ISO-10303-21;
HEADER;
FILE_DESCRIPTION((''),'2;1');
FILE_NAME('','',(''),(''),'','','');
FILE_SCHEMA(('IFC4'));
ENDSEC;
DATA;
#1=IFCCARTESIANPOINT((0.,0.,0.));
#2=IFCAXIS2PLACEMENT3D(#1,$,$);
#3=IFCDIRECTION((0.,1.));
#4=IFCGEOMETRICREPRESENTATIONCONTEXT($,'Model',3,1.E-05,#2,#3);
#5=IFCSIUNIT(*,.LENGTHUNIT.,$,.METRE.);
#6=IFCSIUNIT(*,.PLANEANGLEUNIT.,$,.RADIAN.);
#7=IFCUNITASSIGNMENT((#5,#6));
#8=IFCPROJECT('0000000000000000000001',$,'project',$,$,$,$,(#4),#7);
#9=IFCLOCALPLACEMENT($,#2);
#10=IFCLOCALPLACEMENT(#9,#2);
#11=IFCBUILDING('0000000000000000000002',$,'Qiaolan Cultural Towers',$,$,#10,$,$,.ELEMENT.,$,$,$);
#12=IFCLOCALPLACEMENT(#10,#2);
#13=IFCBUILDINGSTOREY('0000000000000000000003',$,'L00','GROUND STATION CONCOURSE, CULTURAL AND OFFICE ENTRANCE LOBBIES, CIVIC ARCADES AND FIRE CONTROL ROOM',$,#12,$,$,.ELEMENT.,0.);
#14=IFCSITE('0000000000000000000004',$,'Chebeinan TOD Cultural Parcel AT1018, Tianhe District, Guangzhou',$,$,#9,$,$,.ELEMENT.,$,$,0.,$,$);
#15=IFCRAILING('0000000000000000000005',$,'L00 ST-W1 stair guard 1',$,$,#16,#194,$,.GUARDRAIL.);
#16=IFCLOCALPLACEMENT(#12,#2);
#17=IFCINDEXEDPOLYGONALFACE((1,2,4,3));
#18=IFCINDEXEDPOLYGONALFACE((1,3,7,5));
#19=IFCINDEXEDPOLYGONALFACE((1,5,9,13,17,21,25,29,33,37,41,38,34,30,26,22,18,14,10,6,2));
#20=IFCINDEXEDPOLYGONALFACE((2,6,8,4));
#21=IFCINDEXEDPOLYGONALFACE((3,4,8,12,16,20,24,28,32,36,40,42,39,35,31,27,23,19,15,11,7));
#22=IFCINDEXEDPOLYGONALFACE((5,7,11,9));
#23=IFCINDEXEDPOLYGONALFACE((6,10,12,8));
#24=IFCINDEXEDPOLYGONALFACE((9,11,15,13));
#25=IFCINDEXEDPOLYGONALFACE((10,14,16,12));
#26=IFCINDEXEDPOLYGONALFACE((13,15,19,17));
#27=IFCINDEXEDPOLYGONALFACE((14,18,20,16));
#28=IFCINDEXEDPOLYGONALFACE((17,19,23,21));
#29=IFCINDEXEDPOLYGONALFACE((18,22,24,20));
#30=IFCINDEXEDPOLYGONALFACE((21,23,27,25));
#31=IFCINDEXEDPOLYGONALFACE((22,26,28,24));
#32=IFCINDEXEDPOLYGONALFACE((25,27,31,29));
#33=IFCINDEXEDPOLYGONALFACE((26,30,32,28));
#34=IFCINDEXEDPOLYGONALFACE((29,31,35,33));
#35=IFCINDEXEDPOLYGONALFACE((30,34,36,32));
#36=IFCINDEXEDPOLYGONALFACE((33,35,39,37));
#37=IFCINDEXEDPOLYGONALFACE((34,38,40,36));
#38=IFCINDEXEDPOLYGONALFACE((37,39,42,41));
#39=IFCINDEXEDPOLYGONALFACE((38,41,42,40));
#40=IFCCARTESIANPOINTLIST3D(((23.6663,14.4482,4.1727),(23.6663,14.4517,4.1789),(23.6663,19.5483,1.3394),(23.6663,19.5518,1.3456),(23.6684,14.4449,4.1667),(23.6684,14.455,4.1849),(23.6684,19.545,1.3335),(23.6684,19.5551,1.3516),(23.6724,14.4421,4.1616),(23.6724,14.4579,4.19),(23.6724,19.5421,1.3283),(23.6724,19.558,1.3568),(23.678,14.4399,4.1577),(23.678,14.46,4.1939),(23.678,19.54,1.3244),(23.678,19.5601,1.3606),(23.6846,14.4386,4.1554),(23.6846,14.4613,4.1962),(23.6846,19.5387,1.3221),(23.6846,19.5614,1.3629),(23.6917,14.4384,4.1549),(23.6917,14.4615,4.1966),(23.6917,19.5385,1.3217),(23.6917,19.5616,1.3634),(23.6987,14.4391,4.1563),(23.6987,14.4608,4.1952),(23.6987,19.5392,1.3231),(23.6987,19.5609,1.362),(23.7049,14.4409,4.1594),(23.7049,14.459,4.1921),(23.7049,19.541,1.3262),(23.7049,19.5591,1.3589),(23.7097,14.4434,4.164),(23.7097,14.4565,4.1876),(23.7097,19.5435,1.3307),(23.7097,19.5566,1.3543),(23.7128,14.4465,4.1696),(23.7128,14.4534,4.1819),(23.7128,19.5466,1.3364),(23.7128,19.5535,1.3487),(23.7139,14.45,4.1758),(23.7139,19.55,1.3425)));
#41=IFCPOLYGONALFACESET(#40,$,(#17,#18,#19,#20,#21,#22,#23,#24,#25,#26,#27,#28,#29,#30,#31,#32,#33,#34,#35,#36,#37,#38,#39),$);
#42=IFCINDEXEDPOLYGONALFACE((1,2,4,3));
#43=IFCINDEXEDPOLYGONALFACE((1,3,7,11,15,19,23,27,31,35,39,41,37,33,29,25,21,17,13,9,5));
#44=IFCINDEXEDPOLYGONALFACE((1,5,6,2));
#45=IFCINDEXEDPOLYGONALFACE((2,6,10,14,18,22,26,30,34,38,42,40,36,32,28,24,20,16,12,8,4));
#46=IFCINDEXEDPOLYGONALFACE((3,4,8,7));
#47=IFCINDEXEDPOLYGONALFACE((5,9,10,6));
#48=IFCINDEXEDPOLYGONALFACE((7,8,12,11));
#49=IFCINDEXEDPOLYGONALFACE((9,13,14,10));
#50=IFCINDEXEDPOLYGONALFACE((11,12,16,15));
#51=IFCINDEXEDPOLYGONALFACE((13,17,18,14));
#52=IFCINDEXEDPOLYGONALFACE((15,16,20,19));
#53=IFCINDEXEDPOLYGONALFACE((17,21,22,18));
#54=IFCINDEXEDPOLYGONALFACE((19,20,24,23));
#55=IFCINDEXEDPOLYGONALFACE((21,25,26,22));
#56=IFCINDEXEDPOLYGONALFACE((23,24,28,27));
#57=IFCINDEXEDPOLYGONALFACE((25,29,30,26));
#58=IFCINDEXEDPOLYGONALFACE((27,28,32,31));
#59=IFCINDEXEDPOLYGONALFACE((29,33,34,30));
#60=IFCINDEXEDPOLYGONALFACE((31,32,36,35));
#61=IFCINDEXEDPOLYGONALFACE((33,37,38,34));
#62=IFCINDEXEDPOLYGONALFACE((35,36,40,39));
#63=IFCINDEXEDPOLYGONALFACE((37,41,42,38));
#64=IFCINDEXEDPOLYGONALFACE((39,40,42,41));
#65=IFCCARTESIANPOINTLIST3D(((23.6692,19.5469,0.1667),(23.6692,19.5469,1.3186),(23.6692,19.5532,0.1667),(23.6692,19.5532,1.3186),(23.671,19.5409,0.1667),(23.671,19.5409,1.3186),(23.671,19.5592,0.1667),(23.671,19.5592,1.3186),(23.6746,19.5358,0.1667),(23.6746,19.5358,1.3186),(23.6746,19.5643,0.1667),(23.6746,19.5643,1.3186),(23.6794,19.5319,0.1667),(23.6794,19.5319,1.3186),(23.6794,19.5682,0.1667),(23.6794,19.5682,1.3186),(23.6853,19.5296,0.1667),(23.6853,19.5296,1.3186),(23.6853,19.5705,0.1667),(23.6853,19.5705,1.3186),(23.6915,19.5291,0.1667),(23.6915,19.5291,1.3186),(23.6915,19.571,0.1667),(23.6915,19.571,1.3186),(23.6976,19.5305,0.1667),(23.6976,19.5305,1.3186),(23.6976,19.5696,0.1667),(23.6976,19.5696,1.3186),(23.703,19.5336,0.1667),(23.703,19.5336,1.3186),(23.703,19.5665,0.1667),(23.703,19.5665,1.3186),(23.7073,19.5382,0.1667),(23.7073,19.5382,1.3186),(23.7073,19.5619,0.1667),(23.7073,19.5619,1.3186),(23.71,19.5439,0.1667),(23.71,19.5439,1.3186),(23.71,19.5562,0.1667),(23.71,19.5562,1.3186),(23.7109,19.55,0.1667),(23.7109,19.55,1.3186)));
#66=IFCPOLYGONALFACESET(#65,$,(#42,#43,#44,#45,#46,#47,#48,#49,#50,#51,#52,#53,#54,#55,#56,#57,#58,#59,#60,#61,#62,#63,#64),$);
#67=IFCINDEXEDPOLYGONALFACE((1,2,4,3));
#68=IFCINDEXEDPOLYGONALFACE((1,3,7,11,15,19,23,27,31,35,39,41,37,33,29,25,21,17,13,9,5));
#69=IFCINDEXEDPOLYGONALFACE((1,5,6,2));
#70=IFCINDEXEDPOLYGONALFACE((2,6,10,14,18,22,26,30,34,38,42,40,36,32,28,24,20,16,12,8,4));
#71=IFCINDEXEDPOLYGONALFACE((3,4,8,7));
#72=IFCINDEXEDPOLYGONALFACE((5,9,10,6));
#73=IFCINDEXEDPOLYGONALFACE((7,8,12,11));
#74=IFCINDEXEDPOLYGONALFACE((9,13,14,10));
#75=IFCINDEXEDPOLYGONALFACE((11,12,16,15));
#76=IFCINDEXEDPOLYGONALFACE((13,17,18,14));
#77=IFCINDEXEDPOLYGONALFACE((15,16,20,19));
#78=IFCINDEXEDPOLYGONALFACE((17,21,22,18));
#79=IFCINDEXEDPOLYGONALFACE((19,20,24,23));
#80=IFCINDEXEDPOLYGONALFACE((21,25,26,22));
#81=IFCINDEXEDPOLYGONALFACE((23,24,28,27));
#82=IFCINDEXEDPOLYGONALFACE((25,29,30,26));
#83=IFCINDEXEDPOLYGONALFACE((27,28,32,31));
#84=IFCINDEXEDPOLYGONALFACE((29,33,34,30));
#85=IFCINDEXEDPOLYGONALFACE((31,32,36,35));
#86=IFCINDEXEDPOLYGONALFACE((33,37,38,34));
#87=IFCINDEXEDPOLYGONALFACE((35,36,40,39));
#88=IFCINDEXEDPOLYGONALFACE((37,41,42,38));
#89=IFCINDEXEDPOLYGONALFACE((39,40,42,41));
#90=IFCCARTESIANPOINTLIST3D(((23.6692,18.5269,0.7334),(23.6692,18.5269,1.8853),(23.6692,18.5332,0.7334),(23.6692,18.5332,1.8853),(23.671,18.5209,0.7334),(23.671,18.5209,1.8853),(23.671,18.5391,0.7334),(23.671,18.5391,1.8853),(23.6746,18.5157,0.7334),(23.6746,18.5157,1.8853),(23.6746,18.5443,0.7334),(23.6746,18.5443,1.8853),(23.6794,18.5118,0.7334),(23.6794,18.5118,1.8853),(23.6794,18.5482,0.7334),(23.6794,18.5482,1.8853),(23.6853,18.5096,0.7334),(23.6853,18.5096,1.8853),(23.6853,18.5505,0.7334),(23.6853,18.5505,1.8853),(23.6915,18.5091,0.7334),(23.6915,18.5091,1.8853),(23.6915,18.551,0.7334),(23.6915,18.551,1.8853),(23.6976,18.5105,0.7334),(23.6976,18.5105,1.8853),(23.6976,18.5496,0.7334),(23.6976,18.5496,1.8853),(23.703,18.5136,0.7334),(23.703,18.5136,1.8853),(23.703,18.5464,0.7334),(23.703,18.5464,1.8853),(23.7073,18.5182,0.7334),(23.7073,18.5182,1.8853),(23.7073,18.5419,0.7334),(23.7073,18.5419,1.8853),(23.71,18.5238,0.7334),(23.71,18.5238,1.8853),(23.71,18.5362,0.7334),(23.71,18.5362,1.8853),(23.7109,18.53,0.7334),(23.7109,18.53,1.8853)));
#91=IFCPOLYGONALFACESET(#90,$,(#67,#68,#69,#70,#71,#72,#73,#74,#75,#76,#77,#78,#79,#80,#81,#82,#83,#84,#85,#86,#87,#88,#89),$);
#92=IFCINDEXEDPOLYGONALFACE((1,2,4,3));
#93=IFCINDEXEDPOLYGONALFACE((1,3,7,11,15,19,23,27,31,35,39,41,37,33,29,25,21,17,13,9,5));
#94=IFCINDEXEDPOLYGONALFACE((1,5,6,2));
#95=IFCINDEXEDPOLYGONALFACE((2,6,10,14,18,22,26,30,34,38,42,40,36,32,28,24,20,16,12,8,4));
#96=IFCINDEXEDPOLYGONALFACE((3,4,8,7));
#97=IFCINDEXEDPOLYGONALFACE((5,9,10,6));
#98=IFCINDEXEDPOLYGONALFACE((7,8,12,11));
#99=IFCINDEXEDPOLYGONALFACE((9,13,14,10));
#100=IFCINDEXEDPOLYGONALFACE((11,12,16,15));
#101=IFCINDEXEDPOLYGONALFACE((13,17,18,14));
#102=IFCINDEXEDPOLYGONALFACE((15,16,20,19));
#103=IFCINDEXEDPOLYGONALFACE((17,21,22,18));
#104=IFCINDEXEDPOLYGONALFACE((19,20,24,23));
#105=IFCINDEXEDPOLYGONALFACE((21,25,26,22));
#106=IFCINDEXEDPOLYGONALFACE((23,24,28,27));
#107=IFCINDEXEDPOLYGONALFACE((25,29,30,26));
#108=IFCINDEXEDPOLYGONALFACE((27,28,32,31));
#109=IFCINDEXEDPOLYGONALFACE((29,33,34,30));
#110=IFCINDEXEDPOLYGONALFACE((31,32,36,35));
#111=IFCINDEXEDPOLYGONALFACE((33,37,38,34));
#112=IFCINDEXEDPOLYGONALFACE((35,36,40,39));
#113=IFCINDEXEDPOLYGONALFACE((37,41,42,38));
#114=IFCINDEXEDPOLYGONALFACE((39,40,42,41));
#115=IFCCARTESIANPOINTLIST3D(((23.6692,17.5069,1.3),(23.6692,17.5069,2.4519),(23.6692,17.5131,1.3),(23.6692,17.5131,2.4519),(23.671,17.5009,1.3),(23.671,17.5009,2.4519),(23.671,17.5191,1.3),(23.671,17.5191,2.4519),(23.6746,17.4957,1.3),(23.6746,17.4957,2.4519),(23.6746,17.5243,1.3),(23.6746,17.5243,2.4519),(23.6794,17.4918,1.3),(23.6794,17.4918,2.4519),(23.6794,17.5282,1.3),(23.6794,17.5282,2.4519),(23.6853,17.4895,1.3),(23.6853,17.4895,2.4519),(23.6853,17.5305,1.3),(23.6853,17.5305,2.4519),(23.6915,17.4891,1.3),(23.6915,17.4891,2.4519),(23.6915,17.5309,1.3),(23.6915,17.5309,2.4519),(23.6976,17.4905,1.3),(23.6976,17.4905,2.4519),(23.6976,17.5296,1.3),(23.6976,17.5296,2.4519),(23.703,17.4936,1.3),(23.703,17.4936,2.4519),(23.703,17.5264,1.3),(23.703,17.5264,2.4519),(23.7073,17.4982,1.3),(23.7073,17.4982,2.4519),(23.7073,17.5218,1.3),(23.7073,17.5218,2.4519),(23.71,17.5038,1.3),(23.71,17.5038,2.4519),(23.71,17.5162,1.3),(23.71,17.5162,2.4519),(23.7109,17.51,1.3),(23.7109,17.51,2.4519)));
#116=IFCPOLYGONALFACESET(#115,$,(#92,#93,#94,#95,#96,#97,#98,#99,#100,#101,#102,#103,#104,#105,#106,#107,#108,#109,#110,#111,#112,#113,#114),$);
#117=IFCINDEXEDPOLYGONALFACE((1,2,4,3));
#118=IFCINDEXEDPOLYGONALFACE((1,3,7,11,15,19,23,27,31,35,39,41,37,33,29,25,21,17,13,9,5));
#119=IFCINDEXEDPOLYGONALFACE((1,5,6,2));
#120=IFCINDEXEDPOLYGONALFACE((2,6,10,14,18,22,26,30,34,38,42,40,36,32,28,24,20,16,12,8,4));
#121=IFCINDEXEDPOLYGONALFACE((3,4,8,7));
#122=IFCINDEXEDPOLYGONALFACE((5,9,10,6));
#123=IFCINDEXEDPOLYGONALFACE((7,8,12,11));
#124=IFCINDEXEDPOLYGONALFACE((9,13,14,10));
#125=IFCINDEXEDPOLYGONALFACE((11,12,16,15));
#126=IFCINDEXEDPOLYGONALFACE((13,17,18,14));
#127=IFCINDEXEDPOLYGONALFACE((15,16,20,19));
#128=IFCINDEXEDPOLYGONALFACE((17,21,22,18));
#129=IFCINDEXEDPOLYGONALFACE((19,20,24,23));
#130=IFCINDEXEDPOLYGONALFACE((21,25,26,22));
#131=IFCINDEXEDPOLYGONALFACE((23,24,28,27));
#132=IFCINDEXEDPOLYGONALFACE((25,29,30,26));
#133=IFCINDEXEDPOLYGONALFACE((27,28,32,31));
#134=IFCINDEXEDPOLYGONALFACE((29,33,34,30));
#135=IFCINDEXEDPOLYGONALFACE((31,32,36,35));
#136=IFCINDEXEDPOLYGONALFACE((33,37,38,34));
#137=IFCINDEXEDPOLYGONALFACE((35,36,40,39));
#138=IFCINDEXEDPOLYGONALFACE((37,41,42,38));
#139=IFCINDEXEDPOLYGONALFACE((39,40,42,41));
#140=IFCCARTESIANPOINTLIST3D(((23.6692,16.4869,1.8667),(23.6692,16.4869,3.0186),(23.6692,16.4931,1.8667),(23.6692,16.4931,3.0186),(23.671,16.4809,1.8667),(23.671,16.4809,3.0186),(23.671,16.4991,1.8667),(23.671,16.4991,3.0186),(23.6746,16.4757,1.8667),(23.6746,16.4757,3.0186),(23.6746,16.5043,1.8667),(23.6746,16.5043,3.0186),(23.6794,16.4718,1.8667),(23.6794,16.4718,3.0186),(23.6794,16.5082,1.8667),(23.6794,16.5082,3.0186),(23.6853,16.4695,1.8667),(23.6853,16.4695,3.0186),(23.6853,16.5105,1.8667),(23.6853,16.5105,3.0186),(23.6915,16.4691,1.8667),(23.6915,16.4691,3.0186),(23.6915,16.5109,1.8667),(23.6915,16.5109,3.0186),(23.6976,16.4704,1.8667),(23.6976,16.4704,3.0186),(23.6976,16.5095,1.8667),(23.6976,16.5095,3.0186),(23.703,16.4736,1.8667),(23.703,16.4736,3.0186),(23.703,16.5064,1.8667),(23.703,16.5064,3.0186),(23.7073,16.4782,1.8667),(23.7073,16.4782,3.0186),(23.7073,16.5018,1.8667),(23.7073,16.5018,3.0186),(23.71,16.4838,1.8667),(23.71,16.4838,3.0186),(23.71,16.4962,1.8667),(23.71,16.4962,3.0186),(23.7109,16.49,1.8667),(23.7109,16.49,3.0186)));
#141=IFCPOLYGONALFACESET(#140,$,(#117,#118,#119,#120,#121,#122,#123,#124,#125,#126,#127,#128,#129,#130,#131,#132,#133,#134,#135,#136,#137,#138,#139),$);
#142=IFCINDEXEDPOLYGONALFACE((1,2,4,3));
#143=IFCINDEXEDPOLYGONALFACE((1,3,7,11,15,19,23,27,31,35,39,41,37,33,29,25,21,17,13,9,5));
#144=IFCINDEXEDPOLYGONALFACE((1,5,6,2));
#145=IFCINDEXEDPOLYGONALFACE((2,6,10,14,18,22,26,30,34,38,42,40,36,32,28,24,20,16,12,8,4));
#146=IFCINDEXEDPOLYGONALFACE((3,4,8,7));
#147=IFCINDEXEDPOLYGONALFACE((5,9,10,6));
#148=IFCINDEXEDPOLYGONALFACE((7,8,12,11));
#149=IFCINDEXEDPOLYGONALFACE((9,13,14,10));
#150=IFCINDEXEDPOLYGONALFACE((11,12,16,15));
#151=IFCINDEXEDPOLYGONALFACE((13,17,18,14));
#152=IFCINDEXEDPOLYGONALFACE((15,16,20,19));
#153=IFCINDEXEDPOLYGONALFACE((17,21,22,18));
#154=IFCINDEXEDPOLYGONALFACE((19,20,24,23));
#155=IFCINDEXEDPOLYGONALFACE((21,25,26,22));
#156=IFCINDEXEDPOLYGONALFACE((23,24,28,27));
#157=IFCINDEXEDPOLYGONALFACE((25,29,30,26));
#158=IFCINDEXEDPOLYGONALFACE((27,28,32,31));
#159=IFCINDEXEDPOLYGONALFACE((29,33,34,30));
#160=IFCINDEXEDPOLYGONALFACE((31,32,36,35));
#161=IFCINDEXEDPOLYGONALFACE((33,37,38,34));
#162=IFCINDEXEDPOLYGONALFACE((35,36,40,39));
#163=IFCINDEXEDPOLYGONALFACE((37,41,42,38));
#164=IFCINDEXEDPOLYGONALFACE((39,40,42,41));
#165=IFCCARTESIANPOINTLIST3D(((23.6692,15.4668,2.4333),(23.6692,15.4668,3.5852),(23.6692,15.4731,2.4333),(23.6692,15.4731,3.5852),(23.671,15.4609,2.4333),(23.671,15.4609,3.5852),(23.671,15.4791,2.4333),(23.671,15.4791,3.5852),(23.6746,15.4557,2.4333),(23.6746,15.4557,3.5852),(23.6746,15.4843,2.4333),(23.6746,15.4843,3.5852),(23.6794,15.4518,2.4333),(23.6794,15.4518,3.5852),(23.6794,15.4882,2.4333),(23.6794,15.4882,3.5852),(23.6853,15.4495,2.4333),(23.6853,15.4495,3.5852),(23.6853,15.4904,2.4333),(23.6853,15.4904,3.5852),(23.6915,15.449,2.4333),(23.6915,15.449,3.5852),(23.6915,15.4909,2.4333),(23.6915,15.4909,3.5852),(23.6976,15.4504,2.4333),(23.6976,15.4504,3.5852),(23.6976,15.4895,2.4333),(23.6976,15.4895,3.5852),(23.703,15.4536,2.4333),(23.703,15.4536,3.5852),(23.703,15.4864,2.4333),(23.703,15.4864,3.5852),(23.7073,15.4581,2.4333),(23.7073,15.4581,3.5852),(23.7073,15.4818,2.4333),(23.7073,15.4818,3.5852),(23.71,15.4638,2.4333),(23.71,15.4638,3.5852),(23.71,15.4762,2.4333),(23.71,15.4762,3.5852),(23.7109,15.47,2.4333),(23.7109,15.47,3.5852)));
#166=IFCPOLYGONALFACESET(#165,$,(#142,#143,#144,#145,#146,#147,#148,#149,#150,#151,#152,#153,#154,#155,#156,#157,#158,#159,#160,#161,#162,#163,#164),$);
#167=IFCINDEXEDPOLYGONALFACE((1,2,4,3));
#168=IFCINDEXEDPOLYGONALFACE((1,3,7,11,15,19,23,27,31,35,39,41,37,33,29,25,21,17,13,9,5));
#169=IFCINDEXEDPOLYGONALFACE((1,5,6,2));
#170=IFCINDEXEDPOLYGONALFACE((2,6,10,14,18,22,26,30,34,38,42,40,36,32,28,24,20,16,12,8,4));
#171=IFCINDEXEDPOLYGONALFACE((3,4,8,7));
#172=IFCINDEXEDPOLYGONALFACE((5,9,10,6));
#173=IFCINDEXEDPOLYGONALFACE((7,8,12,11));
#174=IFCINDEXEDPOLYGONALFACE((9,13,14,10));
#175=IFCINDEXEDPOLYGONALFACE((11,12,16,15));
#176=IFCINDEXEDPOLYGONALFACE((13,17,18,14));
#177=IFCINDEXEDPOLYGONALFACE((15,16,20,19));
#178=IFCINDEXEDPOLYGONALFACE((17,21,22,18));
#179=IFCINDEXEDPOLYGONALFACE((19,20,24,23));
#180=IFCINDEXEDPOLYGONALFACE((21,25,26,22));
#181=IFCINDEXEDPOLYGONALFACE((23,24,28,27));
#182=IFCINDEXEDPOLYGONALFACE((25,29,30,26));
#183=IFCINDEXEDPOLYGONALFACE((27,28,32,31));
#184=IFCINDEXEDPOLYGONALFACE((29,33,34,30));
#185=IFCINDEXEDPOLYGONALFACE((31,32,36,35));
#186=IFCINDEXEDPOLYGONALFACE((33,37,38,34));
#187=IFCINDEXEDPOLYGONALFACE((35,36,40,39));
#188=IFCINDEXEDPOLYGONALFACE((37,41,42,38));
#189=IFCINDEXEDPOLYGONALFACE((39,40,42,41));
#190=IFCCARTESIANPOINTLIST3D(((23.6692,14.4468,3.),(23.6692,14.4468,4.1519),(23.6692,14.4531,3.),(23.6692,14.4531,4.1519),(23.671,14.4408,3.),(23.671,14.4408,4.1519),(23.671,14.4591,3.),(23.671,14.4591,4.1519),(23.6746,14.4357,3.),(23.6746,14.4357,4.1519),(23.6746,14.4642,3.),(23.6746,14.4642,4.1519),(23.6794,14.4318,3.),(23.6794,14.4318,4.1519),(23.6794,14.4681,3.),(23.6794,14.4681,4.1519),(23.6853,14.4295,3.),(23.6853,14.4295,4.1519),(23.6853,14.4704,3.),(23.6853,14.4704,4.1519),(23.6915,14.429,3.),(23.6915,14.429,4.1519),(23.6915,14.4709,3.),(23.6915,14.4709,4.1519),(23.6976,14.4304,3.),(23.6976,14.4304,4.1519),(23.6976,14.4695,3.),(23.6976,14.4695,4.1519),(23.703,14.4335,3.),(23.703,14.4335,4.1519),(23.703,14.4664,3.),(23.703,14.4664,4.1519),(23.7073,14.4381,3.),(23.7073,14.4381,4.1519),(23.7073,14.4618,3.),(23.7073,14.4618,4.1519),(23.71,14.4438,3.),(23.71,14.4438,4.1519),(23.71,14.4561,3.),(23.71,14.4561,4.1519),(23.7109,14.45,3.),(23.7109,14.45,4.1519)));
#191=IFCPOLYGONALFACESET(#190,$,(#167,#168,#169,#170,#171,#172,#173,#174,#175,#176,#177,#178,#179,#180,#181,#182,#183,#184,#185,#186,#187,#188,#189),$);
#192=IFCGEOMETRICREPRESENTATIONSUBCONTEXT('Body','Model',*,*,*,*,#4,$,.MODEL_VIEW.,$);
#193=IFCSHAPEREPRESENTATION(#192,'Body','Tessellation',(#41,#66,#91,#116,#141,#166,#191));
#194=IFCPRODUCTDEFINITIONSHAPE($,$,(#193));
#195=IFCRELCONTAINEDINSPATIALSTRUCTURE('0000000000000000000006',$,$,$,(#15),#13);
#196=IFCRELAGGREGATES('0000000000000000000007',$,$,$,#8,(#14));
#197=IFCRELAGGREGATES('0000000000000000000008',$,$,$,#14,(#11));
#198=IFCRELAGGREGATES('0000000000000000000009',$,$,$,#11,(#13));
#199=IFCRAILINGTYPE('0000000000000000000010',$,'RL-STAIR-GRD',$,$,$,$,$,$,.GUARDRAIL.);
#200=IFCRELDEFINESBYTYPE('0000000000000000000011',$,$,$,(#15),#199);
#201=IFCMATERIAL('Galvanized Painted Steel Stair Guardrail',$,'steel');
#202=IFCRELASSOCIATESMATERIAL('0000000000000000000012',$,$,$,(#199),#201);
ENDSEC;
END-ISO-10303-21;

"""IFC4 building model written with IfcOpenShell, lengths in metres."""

from ifc_helpers import new_model, si_unit, direction, frame, origin, origin_2d, place, context, subcontext, project, spatial, circle, extrude, material, type_object, element, save


model = new_model("IFC4")

# Units and contexts
model_context = context("Model", 3, precision=1e-05, world=origin(), true_north=direction((0.0, 1.0)))
body_context = subcontext(model_context, "Body", "Model", "MODEL_VIEW")
ifc_project = project(units=[si_unit("LENGTHUNIT", "METRE"), si_unit("PLANEANGLEUNIT", "RADIAN")], contexts=[model_context])

# Site, building, storey
site_placement = place(None, origin())
site = spatial("IfcSite", under=ifc_project, at=site_placement, Name="Chebeinan TOD Cultural Parcel AT1018, Tianhe District, Guangzhou", CompositionType="ELEMENT", RefElevation=0.0)
building_placement = place(site_placement, origin())
building = spatial("IfcBuilding", under=site, at=building_placement, Name="Qiaolan Cultural Towers", CompositionType="ELEMENT")
storey_placement = place(building_placement, origin())
storey = spatial("IfcBuildingStorey", under=building, at=storey_placement, Name="L00", Description="GROUND STATION CONCOURSE, CULTURAL AND OFFICE ENTRANCE LOBBIES, CIVIC ARCADES AND FIRE CONTROL ROOM", CompositionType="ELEMENT", Elevation=0.0)

# Railing
ifc_material_1 = material(Name="Galvanized Painted Steel Stair Guardrail", Category="steel")
railing_type = type_object("IfcRailingType", Name="RL-STAIR-GRD", PredefinedType="GUARDRAIL", material=ifc_material_1)
railing_1_placement = place(storey_placement, frame((23.6899, 19.55, 0.1667)))
element("IfcRailing", 1, at=railing_1_placement, inside=storey, type_object=railing_type, Name="L00 ST-W1 stair guard 1", PredefinedType="GUARDRAIL", context=body_context, shape_type="SweptSolid", body=[
    extrude(circle(Radius=0.0239, at=origin_2d()), frame((0.0, 0.0, 1.1758), z_axis=(0.0, -0.874167, 0.485625), x_axis=(1.0, 0.0, 0.0)), (0.0, 0.0, 1.0), 5.8342),
    extrude(circle(Radius=0.021, at=origin_2d()), origin(), (0.0, 0.0, 1.0), 1.1519),
    extrude(circle(Radius=0.021, at=origin_2d()), frame((0.0, -1.02, 0.5667)), (0.0, 0.0, 1.0), 1.1519),
    extrude(circle(Radius=0.021, at=origin_2d()), frame((0.0, -2.04, 1.1333)), (0.0, 0.0, 1.0), 1.1519),
    extrude(circle(Radius=0.021, at=origin_2d()), frame((0.0, -3.0601, 1.7)), (0.0, 0.0, 1.0), 1.1519),
    extrude(circle(Radius=0.021, at=origin_2d()), frame((0.0, -4.0801, 2.2666)), (0.0, 0.0, 1.0), 1.1519),
    extrude(circle(Radius=0.021, at=origin_2d()), frame((0.0, -5.1001, 2.8333)), (0.0, 0.0, 1.0), 1.1519),
])

save(model, "model.ifc")
